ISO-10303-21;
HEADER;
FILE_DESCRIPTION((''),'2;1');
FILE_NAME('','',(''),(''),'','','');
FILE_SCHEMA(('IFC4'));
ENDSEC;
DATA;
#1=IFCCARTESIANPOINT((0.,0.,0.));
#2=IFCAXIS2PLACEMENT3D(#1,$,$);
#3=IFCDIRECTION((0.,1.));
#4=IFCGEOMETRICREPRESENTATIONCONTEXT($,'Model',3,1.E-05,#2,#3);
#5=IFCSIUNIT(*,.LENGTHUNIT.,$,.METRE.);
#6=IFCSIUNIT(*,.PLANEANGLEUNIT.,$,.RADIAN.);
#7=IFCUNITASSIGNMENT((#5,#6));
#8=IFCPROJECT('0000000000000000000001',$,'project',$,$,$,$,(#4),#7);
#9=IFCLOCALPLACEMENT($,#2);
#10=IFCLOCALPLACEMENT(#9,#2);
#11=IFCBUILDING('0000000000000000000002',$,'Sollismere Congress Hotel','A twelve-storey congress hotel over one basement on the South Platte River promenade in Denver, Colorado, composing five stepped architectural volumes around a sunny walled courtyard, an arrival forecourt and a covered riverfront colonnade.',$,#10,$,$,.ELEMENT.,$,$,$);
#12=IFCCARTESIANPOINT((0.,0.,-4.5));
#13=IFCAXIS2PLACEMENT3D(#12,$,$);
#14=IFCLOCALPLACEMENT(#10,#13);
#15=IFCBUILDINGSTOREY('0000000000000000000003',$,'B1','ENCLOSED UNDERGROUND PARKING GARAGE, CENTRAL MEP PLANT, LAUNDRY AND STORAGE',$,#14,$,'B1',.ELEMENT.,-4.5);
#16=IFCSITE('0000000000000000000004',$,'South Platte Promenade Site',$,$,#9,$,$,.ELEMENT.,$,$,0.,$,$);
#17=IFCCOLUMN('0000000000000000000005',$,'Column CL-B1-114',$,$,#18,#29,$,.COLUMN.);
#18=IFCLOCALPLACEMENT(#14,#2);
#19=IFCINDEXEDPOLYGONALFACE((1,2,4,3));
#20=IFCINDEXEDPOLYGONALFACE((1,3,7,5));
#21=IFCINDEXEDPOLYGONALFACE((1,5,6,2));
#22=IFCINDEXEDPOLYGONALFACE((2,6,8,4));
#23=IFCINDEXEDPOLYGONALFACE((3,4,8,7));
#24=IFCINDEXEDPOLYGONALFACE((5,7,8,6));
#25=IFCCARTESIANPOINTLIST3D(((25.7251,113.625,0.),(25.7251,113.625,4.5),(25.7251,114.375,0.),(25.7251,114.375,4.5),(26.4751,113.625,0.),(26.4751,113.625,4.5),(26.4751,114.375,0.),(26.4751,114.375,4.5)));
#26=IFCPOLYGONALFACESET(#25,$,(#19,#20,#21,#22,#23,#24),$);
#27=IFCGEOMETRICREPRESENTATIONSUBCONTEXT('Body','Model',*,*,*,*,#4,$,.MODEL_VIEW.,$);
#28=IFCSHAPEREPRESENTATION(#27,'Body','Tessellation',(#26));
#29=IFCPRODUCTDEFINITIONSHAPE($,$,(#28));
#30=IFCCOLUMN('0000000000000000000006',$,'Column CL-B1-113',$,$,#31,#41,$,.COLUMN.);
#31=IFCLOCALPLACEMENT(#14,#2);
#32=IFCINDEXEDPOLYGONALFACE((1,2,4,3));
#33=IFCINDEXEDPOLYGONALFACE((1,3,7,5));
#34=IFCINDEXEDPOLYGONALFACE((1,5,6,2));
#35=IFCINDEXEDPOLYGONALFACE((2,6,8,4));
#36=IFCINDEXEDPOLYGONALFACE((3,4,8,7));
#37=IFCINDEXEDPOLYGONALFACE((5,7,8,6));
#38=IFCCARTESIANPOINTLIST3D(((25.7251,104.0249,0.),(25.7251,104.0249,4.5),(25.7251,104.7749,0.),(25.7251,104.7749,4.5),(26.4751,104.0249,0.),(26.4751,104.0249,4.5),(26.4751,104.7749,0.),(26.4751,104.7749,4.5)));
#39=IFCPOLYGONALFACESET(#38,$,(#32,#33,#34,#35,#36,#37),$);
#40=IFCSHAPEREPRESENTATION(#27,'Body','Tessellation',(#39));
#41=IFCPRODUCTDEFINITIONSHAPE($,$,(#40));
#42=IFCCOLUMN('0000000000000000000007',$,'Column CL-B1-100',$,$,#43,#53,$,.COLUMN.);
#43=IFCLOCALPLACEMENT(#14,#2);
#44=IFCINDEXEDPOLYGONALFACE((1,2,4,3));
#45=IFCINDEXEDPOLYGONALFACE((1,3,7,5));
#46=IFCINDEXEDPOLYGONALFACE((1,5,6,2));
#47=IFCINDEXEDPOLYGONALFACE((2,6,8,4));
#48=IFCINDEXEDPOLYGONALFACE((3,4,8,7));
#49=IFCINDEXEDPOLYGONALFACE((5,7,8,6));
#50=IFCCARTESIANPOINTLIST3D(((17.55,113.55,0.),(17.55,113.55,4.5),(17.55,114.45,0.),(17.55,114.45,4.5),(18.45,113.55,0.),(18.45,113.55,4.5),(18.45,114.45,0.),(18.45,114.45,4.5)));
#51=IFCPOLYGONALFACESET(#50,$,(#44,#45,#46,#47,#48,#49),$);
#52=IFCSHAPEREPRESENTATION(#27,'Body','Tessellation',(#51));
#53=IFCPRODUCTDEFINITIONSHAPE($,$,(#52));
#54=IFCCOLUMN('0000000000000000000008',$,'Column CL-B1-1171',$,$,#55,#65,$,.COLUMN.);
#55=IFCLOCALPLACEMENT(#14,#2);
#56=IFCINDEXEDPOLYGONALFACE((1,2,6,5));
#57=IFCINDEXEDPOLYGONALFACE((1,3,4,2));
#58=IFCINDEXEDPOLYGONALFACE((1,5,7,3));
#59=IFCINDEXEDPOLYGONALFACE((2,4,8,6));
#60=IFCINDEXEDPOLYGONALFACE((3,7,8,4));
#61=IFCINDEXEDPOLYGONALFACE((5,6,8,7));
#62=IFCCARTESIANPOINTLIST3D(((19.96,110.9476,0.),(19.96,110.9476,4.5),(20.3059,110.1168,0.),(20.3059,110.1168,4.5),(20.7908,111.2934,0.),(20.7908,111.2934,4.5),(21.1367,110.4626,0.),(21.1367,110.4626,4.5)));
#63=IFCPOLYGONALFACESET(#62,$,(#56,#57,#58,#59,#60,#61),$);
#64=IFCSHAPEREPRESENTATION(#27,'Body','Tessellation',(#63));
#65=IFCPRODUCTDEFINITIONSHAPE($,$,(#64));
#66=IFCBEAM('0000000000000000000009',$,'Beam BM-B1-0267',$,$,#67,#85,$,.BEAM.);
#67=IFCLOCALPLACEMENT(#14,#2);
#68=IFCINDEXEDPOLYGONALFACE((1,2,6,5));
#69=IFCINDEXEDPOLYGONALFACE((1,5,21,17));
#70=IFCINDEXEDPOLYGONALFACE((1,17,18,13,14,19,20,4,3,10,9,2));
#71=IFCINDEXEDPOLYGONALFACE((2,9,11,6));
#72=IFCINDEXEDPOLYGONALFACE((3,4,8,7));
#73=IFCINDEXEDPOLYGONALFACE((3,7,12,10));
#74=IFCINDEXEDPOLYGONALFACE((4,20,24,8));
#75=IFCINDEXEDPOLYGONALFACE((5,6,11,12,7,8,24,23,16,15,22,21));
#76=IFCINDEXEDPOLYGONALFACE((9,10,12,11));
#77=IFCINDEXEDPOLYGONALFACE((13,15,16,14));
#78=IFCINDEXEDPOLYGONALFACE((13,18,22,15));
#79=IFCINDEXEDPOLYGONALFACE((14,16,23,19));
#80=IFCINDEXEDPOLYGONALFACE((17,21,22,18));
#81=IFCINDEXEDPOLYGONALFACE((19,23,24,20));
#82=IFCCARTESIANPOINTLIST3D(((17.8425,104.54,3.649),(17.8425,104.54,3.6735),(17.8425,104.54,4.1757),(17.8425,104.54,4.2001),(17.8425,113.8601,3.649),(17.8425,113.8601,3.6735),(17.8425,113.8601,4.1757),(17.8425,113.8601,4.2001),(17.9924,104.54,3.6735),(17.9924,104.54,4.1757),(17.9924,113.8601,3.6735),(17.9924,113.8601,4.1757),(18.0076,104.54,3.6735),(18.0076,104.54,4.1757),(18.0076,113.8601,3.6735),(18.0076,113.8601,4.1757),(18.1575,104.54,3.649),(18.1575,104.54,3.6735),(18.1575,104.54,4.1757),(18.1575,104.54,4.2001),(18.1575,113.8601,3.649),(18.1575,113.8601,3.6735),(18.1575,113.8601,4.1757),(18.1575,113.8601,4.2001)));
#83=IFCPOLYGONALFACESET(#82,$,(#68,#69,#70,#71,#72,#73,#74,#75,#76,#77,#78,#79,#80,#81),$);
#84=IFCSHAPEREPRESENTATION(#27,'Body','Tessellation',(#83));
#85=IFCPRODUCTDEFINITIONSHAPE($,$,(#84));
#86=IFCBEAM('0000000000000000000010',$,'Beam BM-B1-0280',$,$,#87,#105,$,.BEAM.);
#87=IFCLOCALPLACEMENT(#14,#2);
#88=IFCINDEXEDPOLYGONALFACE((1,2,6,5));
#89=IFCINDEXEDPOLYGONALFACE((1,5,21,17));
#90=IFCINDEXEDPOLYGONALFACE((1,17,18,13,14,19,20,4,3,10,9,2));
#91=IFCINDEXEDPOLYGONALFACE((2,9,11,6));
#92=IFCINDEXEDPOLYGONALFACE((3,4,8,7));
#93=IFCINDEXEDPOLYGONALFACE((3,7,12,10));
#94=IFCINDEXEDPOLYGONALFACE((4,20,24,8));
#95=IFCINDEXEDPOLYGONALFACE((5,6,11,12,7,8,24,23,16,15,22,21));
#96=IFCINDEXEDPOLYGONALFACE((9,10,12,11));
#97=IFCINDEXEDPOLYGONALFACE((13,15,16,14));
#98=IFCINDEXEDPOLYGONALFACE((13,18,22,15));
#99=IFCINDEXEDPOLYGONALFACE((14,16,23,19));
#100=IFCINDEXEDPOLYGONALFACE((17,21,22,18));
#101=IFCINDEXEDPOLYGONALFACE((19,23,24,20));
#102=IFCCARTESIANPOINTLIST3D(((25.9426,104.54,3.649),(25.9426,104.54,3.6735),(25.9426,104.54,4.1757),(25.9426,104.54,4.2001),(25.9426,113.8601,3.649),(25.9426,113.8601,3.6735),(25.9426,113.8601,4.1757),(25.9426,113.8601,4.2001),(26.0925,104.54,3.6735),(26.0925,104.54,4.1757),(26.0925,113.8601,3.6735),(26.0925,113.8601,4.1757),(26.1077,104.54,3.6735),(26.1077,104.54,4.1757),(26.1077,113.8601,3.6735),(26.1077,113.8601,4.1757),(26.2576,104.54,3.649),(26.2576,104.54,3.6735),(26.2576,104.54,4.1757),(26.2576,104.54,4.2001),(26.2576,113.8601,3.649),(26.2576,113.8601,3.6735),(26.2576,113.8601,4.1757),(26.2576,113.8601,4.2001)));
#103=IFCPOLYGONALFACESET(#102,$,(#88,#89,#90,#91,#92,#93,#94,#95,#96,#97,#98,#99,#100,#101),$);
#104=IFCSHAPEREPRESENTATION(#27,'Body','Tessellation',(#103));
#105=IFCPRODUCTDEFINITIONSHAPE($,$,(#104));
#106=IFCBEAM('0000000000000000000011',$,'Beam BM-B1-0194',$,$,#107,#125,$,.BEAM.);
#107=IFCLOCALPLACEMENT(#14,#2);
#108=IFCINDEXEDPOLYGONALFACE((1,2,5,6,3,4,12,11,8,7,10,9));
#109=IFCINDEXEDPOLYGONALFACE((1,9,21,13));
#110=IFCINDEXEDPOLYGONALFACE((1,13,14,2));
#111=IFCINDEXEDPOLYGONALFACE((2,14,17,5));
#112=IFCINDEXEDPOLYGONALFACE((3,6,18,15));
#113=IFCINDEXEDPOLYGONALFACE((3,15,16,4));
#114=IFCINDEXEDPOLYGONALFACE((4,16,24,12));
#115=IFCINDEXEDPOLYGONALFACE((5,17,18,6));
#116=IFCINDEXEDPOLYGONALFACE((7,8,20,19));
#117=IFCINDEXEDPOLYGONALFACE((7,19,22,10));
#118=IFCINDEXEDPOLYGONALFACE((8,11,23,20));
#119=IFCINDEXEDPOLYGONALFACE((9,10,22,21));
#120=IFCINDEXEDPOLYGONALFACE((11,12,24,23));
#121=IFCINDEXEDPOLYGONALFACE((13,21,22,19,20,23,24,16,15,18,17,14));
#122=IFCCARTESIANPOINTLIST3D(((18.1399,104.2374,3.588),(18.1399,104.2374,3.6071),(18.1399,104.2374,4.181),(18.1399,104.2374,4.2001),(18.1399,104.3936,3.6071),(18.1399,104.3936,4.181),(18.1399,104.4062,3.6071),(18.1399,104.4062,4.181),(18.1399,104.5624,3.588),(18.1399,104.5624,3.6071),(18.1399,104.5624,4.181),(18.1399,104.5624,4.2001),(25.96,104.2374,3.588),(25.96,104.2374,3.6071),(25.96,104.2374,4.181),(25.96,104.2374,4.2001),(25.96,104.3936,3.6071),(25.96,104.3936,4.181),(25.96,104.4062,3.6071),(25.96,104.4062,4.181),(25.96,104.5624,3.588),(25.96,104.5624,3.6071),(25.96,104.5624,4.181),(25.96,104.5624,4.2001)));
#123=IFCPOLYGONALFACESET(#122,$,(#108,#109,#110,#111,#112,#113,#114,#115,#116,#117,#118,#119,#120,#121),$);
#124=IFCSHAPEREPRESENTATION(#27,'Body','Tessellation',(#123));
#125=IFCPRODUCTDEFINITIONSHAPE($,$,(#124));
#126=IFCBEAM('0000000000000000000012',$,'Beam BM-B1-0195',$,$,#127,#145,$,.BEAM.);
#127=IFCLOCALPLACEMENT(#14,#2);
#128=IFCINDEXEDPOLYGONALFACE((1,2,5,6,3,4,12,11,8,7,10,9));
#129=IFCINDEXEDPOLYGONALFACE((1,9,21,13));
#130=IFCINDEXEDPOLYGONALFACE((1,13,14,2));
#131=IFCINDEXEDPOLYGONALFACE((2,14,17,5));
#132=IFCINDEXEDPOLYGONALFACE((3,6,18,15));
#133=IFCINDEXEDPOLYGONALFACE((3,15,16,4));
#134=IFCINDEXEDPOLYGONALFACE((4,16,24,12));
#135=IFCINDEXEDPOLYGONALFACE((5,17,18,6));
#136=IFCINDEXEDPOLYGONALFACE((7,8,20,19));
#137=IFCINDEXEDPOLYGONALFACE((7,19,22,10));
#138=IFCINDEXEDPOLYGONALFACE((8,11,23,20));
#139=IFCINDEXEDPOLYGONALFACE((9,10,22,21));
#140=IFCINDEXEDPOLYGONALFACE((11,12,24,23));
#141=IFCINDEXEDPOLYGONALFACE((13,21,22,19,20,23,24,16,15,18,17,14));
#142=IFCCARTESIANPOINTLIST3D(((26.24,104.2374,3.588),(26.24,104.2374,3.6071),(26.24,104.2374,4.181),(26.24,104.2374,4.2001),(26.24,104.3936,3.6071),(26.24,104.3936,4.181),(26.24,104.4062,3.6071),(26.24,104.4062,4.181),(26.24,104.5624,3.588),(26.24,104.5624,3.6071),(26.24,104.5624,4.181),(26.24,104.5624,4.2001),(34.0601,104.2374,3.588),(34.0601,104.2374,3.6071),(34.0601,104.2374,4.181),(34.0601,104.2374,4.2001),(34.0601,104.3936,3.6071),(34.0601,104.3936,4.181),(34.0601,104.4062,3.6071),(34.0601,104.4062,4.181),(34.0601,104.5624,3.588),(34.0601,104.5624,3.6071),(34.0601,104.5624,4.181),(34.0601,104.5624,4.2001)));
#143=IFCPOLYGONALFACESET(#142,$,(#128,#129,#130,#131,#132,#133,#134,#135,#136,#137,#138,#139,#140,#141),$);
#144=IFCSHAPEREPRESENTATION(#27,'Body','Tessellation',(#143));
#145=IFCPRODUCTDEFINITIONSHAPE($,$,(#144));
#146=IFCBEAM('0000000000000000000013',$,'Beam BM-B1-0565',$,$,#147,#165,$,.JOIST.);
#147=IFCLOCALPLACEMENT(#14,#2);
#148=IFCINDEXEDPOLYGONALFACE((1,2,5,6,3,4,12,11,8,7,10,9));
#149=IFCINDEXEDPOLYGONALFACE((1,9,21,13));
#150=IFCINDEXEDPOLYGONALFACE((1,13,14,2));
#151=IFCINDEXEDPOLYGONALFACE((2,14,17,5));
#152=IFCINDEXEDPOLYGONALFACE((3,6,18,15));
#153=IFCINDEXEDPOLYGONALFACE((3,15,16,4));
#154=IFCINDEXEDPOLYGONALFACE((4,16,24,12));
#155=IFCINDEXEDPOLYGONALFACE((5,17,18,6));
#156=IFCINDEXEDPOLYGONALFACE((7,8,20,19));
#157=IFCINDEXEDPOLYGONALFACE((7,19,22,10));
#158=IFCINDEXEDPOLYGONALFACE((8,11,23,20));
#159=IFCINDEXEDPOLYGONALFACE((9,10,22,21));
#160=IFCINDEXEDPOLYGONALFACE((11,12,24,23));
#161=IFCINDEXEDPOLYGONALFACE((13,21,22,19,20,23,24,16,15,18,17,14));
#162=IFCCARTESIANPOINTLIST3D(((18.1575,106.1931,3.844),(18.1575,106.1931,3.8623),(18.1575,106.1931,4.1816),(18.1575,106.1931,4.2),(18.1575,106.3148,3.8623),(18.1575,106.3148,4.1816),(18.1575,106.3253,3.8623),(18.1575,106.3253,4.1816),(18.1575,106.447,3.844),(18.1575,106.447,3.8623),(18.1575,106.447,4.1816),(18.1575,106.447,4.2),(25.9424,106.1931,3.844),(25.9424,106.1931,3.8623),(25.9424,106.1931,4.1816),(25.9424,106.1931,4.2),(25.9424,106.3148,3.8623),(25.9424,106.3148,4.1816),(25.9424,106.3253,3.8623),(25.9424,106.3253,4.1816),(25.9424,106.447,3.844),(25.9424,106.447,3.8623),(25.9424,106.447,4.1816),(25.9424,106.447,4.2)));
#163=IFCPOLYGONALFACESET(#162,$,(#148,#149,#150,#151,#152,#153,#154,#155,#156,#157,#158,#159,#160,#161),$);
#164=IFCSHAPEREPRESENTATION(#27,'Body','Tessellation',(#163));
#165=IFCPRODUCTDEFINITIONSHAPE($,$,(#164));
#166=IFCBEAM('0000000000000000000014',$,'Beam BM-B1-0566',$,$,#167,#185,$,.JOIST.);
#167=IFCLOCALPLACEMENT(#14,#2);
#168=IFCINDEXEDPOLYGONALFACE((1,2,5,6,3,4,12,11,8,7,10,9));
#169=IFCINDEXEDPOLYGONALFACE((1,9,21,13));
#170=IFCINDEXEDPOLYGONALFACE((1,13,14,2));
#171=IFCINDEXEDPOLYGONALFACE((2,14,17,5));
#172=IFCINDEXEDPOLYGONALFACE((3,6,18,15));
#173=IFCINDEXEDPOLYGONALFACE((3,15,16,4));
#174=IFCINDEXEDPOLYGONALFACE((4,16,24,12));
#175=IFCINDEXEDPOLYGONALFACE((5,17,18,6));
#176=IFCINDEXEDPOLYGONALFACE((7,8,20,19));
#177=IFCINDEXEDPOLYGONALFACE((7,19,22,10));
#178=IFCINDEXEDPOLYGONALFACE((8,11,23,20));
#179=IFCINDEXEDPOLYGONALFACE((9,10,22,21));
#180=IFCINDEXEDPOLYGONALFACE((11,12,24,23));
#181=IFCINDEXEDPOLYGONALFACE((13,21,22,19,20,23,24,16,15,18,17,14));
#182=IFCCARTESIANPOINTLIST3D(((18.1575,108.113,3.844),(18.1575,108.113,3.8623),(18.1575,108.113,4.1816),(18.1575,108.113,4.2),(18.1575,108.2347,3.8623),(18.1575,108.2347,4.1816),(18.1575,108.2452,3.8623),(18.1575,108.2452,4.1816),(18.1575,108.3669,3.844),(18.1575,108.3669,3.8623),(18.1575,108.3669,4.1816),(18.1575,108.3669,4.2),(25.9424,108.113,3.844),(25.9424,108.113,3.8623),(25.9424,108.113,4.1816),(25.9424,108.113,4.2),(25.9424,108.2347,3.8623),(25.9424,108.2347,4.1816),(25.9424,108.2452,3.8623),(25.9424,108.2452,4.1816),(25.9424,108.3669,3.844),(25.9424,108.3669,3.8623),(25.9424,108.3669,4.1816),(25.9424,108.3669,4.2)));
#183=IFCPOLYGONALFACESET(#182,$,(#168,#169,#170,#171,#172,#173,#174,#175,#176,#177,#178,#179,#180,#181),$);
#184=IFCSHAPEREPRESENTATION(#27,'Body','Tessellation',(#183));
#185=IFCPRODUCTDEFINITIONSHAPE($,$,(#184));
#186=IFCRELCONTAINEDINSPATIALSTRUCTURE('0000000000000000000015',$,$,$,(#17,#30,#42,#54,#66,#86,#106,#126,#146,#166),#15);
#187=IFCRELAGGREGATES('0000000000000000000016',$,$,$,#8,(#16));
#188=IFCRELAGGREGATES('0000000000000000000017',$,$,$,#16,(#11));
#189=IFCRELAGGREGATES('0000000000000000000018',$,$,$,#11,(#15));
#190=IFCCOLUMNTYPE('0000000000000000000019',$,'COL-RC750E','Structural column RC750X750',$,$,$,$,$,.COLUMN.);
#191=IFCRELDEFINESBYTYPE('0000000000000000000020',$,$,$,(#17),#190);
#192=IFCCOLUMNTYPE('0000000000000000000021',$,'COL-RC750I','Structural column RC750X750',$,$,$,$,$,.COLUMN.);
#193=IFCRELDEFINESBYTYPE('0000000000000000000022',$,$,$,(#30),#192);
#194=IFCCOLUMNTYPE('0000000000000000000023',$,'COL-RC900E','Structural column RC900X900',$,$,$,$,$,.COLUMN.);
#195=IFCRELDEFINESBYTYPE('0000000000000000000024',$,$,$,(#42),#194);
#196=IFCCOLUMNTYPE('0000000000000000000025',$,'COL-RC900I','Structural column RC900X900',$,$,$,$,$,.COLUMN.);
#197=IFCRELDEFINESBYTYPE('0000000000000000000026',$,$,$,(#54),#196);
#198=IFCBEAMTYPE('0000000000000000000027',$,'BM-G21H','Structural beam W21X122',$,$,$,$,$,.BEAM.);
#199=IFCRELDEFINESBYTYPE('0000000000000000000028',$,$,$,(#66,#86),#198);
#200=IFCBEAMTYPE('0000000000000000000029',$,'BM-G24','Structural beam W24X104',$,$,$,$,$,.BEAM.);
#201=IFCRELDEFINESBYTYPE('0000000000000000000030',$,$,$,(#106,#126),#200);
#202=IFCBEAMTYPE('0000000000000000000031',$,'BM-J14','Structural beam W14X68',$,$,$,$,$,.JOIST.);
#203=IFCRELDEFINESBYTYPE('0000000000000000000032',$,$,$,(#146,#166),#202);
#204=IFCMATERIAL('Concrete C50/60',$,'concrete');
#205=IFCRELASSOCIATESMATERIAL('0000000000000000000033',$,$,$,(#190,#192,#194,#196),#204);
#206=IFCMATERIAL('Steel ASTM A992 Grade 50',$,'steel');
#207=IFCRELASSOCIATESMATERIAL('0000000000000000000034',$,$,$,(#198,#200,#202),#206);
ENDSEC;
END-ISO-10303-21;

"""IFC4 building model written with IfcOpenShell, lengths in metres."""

from ifc_helpers import new_model, si_unit, direction, frame, origin, origin_2d, place, context, subcontext, project, spatial, rectangle, i_section, extrude, material, material_profile, profile_set, type_object, element, save


model = new_model("IFC4")

# Units and contexts
model_context = context("Model", 3, precision=1e-05, world=origin(), true_north=direction((0.0, 1.0)))
body_context = subcontext(model_context, "Body", "Model", "MODEL_VIEW")
ifc_project = project(units=[si_unit("LENGTHUNIT", "METRE"), si_unit("PLANEANGLEUNIT", "RADIAN")], contexts=[model_context])

# Site, building, storey
site_placement = place(None, origin())
site = spatial("IfcSite", under=ifc_project, at=site_placement, Name="South Platte Promenade Site", CompositionType="ELEMENT", RefElevation=0.0)
building_placement = place(site_placement, origin())
building = spatial("IfcBuilding", under=site, at=building_placement, Name="Sollismere Congress Hotel", Description="A twelve-storey congress hotel over one basement on the South Platte River promenade in Denver, Colorado, composing five stepped architectural volumes around a sunny walled courtyard, an arrival forecourt and a covered riverfront colonnade.", CompositionType="ELEMENT")
storey_placement = place(building_placement, frame((0.0, 0.0, -4.5)))
storey = spatial("IfcBuildingStorey", under=building, at=storey_placement, Name="B1", Description="ENCLOSED UNDERGROUND PARKING GARAGE, CENTRAL MEP PLANT, LAUNDRY AND STORAGE", LongName="B1", CompositionType="ELEMENT", Elevation=-4.5)

# Columns
ifc_material_1 = material(Name="Concrete C50/60", Category="concrete")
ifc_material_profile_1 = material_profile(ifc_material_1, rectangle(XDim=0.75, YDim=0.75, at=origin_2d()), Name="RC750X750")
ifc_profile_set_1 = profile_set([ifc_material_profile_1], Name="Concrete C50/60")
column_type_1 = type_object("IfcColumnType", Name="COL-RC750E", Description="Structural column RC750X750", PredefinedType="COLUMN", material=ifc_profile_set_1)
column_1_placement = place(storey_placement, frame((26.1001, 114.0, 0.0), z_axis=(0.0, 0.0, 1.0), x_axis=(1.0, 0.0, 0.0)))
element("IfcColumn", 1, at=column_1_placement, inside=storey, type_object=column_type_1, Name="Column CL-B1-114", PredefinedType="COLUMN", context=body_context, shape_type="SweptSolid", body=[
    extrude(rectangle(XDim=0.75, YDim=0.75, at=origin_2d()), origin(), (0.0, 0.0, 1.0), 4.5),
])
ifc_material_profile_2 = material_profile(ifc_material_1, rectangle(XDim=0.75, YDim=0.75, at=origin_2d()), Name="RC750X750")
ifc_profile_set_2 = profile_set([ifc_material_profile_2], Name="Concrete C50/60")
column_type_2 = type_object("IfcColumnType", Name="COL-RC750I", Description="Structural column RC750X750", PredefinedType="COLUMN", material=ifc_profile_set_2)
column_2_placement = place(storey_placement, frame((26.1001, 104.3999, 0.0), z_axis=(0.0, 0.0, 1.0), x_axis=(1.0, 0.0, 0.0)))
element("IfcColumn", 2, at=column_2_placement, inside=storey, type_object=column_type_2, Name="Column CL-B1-113", PredefinedType="COLUMN", context=body_context, shape_type="SweptSolid", body=[
    extrude(rectangle(XDim=0.75, YDim=0.75, at=origin_2d()), origin(), (0.0, 0.0, 1.0), 4.5),
])
ifc_material_profile_3 = material_profile(ifc_material_1, rectangle(XDim=0.8999, YDim=0.8999, at=origin_2d()), Name="RC900X900")
ifc_profile_set_3 = profile_set([ifc_material_profile_3], Name="Concrete C50/60")
column_type_3 = type_object("IfcColumnType", Name="COL-RC900E", Description="Structural column RC900X900", PredefinedType="COLUMN", material=ifc_profile_set_3)
column_3_placement = place(storey_placement, frame((18.0, 114.0, 0.0), z_axis=(0.0, 0.0, 1.0), x_axis=(1.0, 0.0, 0.0)))
element("IfcColumn", 3, at=column_3_placement, inside=storey, type_object=column_type_3, Name="Column CL-B1-100", PredefinedType="COLUMN", context=body_context, shape_type="SweptSolid", body=[
    extrude(rectangle(XDim=0.8999, YDim=0.8999, at=origin_2d()), origin(), (0.0, 0.0, 1.0), 4.5),
])
ifc_material_profile_4 = material_profile(ifc_material_1, rectangle(XDim=0.8999, YDim=0.8999, at=origin_2d()), Name="RC900X900")
ifc_profile_set_4 = profile_set([ifc_material_profile_4], Name="Concrete C50/60")
column_type_4 = type_object("IfcColumnType", Name="COL-RC900I", Description="Structural column RC900X900", PredefinedType="COLUMN", material=ifc_profile_set_4)
column_4_placement = place(storey_placement, frame((20.5483, 110.7051, 0.0), z_axis=(0.0, 0.0, 1.0), x_axis=(-0.384295, 0.92321, 0.0)))
element("IfcColumn", 4, at=column_4_placement, inside=storey, type_object=column_type_4, Name="Column CL-B1-1171", PredefinedType="COLUMN", context=body_context, shape_type="SweptSolid", body=[
    extrude(rectangle(XDim=0.8999, YDim=0.8999, at=origin_2d()), origin(), (0.0, 0.0, 1.0), 4.5),
])

# Beams
ifc_material_2 = material(Name="Steel ASTM A992 Grade 50", Category="steel")
ifc_material_profile_5 = material_profile(ifc_material_2, i_section(OverallWidth=0.3149, OverallDepth=0.551, WebThickness=0.0151, FlangeThickness=0.0244, at=origin_2d()), Name="W21X122")
ifc_profile_set_5 = profile_set([ifc_material_profile_5], Name="Steel ASTM A992 Grade 50")
beam_type_1 = type_object("IfcBeamType", Name="BM-G21H", Description="Structural beam W21X122", PredefinedType="BEAM", material=ifc_profile_set_5)
for number, where, z_axis, x_axis, name in (
    (5, (18.0, 104.54, 3.9246), (0.0, 1.0, 0.0), (-1.0, 0.0, 0.0), "Beam BM-B1-0267"),
    (6, (26.1001, 104.54, 3.9246), (0.0, 1.0, 0.0), (-1.0, 0.0, 0.0), "Beam BM-B1-0280"),
):
    element("IfcBeam", number, at=place(storey_placement, frame(where, z_axis=z_axis, x_axis=x_axis)), inside=storey, type_object=beam_type_1, Name=name, PredefinedType="BEAM", context=body_context, shape_type="SweptSolid", body=[
        extrude(i_section(OverallWidth=0.3149, OverallDepth=0.551, WebThickness=0.0151, FlangeThickness=0.0244, at=origin_2d()), origin(), (0.0, 0.0, 1.0), 9.3201),
    ])
ifc_material_profile_6 = material_profile(ifc_material_2, i_section(OverallWidth=0.325, OverallDepth=0.6121, WebThickness=0.0127, FlangeThickness=0.019, at=origin_2d()), Name="W24X104")
ifc_profile_set_6 = profile_set([ifc_material_profile_6], Name="Steel ASTM A992 Grade 50")
beam_type_2 = type_object("IfcBeamType", Name="BM-G24", Description="Structural beam W24X104", PredefinedType="BEAM", material=ifc_profile_set_6)
for number, where, z_axis, x_axis, name in (
    (7, (18.1399, 104.3999, 3.894), (1.0, 0.0, 0.0), (0.0, 1.0, 0.0), "Beam BM-B1-0194"),
    (8, (26.24, 104.3999, 3.894), (1.0, 0.0, 0.0), (0.0, 1.0, 0.0), "Beam BM-B1-0195"),
):
    element("IfcBeam", number, at=place(storey_placement, frame(where, z_axis=z_axis, x_axis=x_axis)), inside=storey, type_object=beam_type_2, Name=name, PredefinedType="BEAM", context=body_context, shape_type="SweptSolid", body=[
        extrude(i_section(OverallWidth=0.325, OverallDepth=0.6121, WebThickness=0.0127, FlangeThickness=0.019, at=origin_2d()), origin(), (0.0, 0.0, 1.0), 7.8201),
    ])
ifc_material_profile_7 = material_profile(ifc_material_2, i_section(OverallWidth=0.2539, OverallDepth=0.356, WebThickness=0.0105, FlangeThickness=0.0183, at=origin_2d()), Name="W14X68")
ifc_profile_set_7 = profile_set([ifc_material_profile_7], Name="Steel ASTM A992 Grade 50")
beam_type_3 = type_object("IfcBeamType", Name="BM-J14", Description="Structural beam W14X68", PredefinedType="JOIST", material=ifc_profile_set_7)
for number, where, z_axis, x_axis, name in (
    (9, (18.1575, 106.3201, 4.022), (1.0, 0.0, 0.0), (0.0, 1.0, 0.0), "Beam BM-B1-0565"),
    (10, (18.1575, 108.24, 4.022), (1.0, 0.0, 0.0), (0.0, 1.0, 0.0), "Beam BM-B1-0566"),
):
    element("IfcBeam", number, at=place(storey_placement, frame(where, z_axis=z_axis, x_axis=x_axis)), inside=storey, type_object=beam_type_3, Name=name, PredefinedType="JOIST", context=body_context, shape_type="SweptSolid", body=[
        extrude(i_section(OverallWidth=0.2539, OverallDepth=0.356, WebThickness=0.0105, FlangeThickness=0.0183, at=origin_2d()), origin(), (0.0, 0.0, 1.0), 7.7849),
    ])

save(model, "model.ifc")
